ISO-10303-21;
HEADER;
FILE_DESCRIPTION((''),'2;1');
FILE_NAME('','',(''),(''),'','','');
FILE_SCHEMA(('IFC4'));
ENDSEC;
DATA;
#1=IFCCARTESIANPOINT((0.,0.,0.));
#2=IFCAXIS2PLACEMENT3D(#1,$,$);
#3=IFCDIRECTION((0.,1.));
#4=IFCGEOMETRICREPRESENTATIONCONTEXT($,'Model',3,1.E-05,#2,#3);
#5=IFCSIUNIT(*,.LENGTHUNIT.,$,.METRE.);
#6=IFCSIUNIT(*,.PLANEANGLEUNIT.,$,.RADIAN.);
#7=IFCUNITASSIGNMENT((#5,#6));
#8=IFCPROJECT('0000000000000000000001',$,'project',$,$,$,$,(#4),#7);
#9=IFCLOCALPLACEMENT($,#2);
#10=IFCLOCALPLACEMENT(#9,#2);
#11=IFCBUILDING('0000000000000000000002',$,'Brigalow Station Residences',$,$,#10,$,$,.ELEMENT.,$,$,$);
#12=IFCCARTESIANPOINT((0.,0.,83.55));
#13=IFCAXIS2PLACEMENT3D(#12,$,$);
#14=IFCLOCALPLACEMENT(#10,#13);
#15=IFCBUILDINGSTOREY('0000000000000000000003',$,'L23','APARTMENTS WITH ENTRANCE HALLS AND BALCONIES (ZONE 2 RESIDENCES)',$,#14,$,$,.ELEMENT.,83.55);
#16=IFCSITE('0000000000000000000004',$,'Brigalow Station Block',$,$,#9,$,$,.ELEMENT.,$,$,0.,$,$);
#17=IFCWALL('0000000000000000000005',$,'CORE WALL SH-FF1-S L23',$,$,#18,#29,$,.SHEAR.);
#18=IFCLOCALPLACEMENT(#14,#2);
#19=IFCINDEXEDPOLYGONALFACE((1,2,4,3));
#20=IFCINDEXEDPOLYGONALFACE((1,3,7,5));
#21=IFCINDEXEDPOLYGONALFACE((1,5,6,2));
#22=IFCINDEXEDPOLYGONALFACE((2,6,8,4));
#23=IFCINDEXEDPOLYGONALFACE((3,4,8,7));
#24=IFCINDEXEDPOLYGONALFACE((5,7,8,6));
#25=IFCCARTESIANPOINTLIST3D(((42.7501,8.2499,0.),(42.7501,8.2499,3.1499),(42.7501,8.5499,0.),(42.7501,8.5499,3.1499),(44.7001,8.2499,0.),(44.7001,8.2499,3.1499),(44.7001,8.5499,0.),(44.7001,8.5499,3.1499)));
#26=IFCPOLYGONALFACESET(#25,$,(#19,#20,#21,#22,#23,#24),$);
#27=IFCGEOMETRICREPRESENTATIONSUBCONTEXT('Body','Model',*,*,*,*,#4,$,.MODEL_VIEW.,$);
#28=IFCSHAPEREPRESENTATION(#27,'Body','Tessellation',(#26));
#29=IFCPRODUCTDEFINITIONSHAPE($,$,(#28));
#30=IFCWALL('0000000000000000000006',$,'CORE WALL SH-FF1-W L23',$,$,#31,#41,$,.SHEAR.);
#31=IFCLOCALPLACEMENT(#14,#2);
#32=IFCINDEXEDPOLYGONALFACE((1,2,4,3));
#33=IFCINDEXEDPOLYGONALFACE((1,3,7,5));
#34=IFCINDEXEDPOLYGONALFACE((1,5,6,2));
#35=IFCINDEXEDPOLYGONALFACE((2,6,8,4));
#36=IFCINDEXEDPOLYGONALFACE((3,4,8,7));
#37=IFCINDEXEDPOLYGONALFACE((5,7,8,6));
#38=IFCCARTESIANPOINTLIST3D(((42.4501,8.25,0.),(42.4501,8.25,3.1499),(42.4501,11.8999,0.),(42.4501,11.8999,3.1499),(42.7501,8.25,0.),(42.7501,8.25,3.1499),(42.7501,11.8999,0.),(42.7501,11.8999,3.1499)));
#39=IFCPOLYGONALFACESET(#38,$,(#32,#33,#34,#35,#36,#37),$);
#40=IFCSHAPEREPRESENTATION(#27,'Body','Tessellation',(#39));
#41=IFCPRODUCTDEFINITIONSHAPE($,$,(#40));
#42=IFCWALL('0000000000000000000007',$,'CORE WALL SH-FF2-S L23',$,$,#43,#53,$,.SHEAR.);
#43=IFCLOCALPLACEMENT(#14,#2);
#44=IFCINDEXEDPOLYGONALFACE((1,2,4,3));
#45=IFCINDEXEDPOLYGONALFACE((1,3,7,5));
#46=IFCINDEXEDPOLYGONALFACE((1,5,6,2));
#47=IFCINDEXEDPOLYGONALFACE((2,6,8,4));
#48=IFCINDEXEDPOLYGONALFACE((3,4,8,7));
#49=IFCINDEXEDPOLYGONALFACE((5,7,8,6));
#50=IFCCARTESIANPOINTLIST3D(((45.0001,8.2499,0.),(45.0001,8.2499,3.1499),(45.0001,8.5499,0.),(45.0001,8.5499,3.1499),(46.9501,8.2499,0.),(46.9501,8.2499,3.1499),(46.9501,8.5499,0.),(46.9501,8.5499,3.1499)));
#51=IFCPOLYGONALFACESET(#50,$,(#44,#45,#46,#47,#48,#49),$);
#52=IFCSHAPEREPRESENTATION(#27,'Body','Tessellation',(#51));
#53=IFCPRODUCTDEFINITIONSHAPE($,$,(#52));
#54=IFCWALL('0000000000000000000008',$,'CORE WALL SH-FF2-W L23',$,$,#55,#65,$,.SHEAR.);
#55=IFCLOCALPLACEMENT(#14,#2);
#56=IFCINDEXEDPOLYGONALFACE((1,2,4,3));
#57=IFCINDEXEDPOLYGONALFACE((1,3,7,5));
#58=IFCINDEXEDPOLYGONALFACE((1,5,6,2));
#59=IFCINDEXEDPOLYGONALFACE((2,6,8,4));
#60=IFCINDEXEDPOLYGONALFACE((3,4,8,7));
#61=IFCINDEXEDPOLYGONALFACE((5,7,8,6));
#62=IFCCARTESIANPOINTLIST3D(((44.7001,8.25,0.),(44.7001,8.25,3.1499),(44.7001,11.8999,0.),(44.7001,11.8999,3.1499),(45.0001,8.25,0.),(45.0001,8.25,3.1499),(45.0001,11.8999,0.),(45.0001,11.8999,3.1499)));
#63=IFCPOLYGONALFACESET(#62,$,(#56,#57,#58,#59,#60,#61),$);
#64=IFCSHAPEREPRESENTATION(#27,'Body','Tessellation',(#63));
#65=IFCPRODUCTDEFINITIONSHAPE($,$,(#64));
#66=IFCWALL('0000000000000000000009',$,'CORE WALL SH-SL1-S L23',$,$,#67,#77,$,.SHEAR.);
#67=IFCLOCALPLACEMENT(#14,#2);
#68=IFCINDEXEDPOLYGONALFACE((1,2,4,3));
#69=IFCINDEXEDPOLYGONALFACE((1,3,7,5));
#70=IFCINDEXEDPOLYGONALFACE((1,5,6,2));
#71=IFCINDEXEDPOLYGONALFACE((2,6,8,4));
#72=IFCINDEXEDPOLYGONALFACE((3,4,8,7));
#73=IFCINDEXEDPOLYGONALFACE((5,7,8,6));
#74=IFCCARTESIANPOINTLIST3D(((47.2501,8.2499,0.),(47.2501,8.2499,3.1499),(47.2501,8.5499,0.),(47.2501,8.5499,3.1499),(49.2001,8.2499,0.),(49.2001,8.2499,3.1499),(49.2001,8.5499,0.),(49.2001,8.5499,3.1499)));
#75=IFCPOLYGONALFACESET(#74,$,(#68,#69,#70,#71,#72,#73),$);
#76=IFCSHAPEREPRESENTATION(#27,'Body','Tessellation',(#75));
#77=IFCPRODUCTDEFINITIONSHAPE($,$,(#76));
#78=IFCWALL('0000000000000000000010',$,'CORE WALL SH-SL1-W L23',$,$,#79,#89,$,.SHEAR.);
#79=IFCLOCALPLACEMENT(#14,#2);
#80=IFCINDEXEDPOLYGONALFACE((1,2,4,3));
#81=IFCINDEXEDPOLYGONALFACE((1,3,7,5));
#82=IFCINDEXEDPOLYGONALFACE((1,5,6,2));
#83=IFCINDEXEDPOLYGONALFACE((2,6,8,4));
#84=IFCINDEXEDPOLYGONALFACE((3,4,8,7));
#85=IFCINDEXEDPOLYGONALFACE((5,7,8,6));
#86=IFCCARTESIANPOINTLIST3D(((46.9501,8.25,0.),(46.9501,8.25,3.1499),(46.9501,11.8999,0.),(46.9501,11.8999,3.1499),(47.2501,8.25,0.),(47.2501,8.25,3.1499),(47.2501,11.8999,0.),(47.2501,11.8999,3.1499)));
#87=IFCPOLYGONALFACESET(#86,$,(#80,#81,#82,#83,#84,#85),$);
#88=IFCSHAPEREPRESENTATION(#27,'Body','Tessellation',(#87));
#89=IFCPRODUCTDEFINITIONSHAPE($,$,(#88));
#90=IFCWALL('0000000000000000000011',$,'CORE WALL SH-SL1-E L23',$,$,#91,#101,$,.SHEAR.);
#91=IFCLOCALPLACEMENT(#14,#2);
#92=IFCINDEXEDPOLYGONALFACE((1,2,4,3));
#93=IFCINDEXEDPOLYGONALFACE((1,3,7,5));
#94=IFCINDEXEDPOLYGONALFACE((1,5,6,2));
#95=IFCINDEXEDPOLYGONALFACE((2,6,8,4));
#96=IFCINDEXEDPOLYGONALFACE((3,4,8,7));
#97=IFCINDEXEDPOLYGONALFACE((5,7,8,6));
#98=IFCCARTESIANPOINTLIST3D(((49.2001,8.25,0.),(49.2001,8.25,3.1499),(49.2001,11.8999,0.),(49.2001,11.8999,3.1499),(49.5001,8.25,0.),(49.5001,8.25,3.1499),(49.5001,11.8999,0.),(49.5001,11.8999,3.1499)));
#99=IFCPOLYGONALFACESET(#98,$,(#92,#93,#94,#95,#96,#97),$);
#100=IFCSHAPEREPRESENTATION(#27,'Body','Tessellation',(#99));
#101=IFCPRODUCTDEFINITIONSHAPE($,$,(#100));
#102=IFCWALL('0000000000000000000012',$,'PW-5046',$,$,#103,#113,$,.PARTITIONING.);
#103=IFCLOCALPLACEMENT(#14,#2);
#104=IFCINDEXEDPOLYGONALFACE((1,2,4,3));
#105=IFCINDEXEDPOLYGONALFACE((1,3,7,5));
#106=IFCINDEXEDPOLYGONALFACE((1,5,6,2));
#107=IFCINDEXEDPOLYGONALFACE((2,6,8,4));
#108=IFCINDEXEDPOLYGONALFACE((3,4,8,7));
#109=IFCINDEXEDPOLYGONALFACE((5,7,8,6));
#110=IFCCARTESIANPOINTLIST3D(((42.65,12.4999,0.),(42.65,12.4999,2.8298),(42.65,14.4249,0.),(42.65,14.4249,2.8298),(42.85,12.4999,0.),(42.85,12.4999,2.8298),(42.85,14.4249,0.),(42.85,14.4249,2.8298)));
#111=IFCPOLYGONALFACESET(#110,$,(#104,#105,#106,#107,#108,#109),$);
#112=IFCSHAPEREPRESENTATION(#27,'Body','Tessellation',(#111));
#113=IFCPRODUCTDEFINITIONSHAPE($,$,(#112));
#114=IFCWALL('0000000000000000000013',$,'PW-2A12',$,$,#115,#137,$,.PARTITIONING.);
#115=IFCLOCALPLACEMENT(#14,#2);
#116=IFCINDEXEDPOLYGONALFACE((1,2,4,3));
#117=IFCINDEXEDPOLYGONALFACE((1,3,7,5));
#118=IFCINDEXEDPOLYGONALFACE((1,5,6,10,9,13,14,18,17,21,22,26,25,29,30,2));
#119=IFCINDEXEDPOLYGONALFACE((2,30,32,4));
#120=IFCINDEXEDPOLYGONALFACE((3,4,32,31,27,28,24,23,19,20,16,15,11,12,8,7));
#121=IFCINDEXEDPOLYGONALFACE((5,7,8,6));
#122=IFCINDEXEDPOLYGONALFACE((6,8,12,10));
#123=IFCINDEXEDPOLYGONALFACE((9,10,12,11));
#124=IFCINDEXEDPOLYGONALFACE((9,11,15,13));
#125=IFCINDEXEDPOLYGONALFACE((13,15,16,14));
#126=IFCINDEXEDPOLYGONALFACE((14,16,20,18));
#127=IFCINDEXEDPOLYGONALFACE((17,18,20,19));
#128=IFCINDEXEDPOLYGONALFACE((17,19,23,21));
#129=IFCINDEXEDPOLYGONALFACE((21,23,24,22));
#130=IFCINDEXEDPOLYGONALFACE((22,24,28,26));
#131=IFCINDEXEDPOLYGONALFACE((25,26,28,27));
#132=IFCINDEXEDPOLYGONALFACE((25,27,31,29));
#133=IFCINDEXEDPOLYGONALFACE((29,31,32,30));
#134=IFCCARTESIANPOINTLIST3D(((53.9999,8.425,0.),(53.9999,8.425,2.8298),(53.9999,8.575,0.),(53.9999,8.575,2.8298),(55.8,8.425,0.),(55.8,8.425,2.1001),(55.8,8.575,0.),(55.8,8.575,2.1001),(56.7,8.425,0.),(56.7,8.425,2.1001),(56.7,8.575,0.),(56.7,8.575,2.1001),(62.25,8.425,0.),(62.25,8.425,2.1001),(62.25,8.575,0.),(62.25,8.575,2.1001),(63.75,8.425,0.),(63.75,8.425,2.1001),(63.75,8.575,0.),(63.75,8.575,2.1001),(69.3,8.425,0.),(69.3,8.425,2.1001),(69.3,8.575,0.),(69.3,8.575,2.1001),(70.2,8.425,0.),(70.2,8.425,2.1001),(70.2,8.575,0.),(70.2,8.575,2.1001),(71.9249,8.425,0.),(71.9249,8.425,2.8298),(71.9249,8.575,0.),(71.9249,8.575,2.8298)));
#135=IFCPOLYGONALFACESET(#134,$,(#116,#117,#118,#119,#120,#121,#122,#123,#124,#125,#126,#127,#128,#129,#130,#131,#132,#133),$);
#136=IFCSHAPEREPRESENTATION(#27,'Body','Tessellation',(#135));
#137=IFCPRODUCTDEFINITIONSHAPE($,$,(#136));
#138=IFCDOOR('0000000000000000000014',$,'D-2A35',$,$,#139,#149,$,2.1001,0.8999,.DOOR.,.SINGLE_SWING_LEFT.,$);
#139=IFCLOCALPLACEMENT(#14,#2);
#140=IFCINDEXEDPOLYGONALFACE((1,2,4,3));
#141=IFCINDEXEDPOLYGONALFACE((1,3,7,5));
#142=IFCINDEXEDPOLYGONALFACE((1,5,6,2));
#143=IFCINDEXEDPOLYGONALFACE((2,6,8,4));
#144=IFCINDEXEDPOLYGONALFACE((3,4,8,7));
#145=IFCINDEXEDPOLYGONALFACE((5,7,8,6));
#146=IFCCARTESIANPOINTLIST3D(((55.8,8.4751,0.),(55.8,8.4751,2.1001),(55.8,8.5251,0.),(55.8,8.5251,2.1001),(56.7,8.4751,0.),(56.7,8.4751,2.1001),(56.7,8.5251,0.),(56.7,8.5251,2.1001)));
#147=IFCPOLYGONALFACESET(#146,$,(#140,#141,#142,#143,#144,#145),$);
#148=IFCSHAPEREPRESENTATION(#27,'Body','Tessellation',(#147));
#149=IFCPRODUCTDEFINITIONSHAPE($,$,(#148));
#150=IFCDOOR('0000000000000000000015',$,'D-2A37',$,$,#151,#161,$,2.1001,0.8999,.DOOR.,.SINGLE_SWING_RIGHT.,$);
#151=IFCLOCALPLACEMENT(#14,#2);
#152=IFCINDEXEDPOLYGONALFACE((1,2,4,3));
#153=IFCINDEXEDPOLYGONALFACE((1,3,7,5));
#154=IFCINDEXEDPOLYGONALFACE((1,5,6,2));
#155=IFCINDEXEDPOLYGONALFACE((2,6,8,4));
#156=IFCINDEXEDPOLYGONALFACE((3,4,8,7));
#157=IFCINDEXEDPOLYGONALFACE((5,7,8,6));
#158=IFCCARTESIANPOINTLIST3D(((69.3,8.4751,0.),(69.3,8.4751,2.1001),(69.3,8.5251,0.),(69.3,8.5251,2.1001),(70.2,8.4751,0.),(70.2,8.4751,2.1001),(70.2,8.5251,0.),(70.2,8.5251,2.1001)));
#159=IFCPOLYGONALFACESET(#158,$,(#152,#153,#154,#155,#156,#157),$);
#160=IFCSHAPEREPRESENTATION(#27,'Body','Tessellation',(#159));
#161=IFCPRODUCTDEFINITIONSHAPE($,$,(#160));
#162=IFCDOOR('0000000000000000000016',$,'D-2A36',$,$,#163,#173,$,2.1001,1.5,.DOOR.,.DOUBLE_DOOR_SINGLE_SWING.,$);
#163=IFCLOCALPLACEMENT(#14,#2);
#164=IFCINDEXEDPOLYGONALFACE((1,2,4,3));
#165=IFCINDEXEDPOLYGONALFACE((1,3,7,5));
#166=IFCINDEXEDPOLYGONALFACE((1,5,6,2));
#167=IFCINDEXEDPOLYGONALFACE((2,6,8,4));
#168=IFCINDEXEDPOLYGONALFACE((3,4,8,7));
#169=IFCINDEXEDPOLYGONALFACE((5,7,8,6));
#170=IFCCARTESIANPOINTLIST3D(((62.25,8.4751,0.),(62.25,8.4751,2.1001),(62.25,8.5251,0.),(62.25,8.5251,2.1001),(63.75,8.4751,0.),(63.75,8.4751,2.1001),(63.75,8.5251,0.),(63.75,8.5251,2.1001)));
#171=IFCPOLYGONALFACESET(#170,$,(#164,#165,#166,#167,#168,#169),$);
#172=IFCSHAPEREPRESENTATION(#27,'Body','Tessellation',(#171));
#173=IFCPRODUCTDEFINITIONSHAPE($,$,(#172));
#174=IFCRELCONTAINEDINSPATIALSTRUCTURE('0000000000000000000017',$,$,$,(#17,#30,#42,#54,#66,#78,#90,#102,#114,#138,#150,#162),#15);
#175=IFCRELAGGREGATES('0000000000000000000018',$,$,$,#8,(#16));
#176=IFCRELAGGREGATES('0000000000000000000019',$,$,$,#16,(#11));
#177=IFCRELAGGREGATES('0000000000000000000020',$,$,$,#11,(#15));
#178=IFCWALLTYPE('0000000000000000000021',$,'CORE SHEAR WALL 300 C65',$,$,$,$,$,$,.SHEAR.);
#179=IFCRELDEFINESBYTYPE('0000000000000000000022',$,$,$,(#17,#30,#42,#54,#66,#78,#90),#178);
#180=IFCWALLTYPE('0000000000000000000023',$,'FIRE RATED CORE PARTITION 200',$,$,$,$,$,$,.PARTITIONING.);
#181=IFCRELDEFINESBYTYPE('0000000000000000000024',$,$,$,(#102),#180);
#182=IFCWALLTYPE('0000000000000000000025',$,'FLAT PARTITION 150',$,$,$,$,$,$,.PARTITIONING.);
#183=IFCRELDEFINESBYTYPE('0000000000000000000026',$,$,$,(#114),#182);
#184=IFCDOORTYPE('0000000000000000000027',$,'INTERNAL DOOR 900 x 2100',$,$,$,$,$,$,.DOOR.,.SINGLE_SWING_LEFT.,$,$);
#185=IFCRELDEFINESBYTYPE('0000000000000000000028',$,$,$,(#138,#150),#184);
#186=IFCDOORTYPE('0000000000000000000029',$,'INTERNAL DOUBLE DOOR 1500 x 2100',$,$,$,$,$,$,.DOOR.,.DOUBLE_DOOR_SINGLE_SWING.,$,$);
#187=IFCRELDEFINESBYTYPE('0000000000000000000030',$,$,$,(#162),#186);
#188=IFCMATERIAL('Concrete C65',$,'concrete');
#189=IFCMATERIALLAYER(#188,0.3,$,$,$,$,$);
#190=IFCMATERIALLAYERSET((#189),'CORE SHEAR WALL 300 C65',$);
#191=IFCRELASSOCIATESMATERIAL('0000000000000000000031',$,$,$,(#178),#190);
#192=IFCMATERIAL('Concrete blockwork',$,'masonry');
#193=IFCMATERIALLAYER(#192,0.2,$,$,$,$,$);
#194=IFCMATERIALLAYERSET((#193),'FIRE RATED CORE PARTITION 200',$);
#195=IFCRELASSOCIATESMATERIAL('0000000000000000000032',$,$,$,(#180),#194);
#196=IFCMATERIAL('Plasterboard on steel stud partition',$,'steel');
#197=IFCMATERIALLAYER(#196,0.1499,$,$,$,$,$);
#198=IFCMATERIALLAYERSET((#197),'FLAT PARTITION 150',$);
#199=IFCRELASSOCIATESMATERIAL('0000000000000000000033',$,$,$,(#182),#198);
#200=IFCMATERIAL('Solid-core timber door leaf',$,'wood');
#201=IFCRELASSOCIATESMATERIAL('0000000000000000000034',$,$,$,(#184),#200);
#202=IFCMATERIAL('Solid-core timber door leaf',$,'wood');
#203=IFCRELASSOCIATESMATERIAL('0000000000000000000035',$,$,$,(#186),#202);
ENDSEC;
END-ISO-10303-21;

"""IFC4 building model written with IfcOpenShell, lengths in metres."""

from ifc_helpers import new_model, si_unit, direction, frame, frame_2d, origin, place, context, subcontext, project, spatial, rectangle, extrude, material, layer, layer_set, type_object, element, fill, save


model = new_model("IFC4")

# Units and contexts
model_context = context("Model", 3, precision=1e-05, world=origin(), true_north=direction((0.0, 1.0)))
body_context = subcontext(model_context, "Body", "Model", "MODEL_VIEW")
ifc_project = project(units=[si_unit("LENGTHUNIT", "METRE"), si_unit("PLANEANGLEUNIT", "RADIAN")], contexts=[model_context])

# Site, building, storey
site_placement = place(None, origin())
site = spatial("IfcSite", under=ifc_project, at=site_placement, Name="Brigalow Station Block", CompositionType="ELEMENT", RefElevation=0.0)
building_placement = place(site_placement, origin())
building = spatial("IfcBuilding", under=site, at=building_placement, Name="Brigalow Station Residences", CompositionType="ELEMENT")
storey_placement = place(building_placement, frame((0.0, 0.0, 83.55)))
storey = spatial("IfcBuildingStorey", under=building, at=storey_placement, Name="L23", Description="APARTMENTS WITH ENTRANCE HALLS AND BALCONIES (ZONE 2 RESIDENCES)", CompositionType="ELEMENT", Elevation=83.55)

# Walls
ifc_material_1 = material(Name="Concrete C65", Category="concrete")
ifc_layer_1 = layer(ifc_material_1, 0.3)
ifc_layer_set_1 = layer_set([ifc_layer_1], Name="CORE SHEAR WALL 300 C65")
wall_type_1 = type_object("IfcWallType", Name="CORE SHEAR WALL 300 C65", PredefinedType="SHEAR", material=ifc_layer_set_1)
wall_1_placement = place(storey_placement, frame((42.75, 8.3999, 0.0), z_axis=(0.0, 0.0, 1.0), x_axis=(1.0, 0.0, 0.0)))
element("IfcWall", 1, at=wall_1_placement, inside=storey, type_object=wall_type_1, Name="CORE WALL SH-FF1-S L23", PredefinedType="SHEAR", context=body_context, shape_type="SweptSolid", body=[
    extrude(rectangle(XDim=1.95, YDim=0.3, at=frame_2d((0.9751, 0.0))), origin(), (0.0, 0.0, 1.0), 3.1499),
])
wall_2_placement = place(storey_placement, frame((42.6001, 8.25, 0.0), z_axis=(0.0, 0.0, 1.0), x_axis=(0.0, 1.0, 0.0)))
element("IfcWall", 2, at=wall_2_placement, inside=storey, type_object=wall_type_1, Name="CORE WALL SH-FF1-W L23", PredefinedType="SHEAR", context=body_context, shape_type="SweptSolid", body=[
    extrude(rectangle(XDim=3.6499, YDim=0.3, at=frame_2d((1.825, 0.0))), origin(), (0.0, 0.0, 1.0), 3.1499),
])
wall_3_placement = place(storey_placement, frame((45.0, 8.3999, 0.0), z_axis=(0.0, 0.0, 1.0), x_axis=(1.0, 0.0, 0.0)))
element("IfcWall", 3, at=wall_3_placement, inside=storey, type_object=wall_type_1, Name="CORE WALL SH-FF2-S L23", PredefinedType="SHEAR", context=body_context, shape_type="SweptSolid", body=[
    extrude(rectangle(XDim=1.95, YDim=0.3, at=frame_2d((0.9751, 0.0))), origin(), (0.0, 0.0, 1.0), 3.1499),
])
wall_4_placement = place(storey_placement, frame((44.8501, 8.25, 0.0), z_axis=(0.0, 0.0, 1.0), x_axis=(0.0, 1.0, 0.0)))
element("IfcWall", 4, at=wall_4_placement, inside=storey, type_object=wall_type_1, Name="CORE WALL SH-FF2-W L23", PredefinedType="SHEAR", context=body_context, shape_type="SweptSolid", body=[
    extrude(rectangle(XDim=3.6499, YDim=0.3, at=frame_2d((1.825, 0.0))), origin(), (0.0, 0.0, 1.0), 3.1499),
])
wall_5_placement = place(storey_placement, frame((47.25, 8.3999, 0.0), z_axis=(0.0, 0.0, 1.0), x_axis=(1.0, 0.0, 0.0)))
element("IfcWall", 5, at=wall_5_placement, inside=storey, type_object=wall_type_1, Name="CORE WALL SH-SL1-S L23", PredefinedType="SHEAR", context=body_context, shape_type="SweptSolid", body=[
    extrude(rectangle(XDim=1.95, YDim=0.3, at=frame_2d((0.9751, 0.0))), origin(), (0.0, 0.0, 1.0), 3.1499),
])
for number, where, z_axis, x_axis, name in (
    (6, (47.1001, 8.25, 0.0), (0.0, 0.0, 1.0), (0.0, 1.0, 0.0), "CORE WALL SH-SL1-W L23"),
    (7, (49.3501, 8.25, 0.0), (0.0, 0.0, 1.0), (0.0, 1.0, 0.0), "CORE WALL SH-SL1-E L23"),
):
    element("IfcWall", number, at=place(storey_placement, frame(where, z_axis=z_axis, x_axis=x_axis)), inside=storey, type_object=wall_type_1, Name=name, PredefinedType="SHEAR", context=body_context, shape_type="SweptSolid", body=[
        extrude(rectangle(XDim=3.6499, YDim=0.3, at=frame_2d((1.825, 0.0))), origin(), (0.0, 0.0, 1.0), 3.1499),
    ])
ifc_material_2 = material(Name="Concrete blockwork", Category="masonry")
ifc_layer_2 = layer(ifc_material_2, 0.2)
ifc_layer_set_2 = layer_set([ifc_layer_2], Name="FIRE RATED CORE PARTITION 200")
wall_type_2 = type_object("IfcWallType", Name="FIRE RATED CORE PARTITION 200", PredefinedType="PARTITIONING", material=ifc_layer_set_2)
wall_6_placement = place(storey_placement, frame((42.75, 12.5, 0.0), z_axis=(0.0, 0.0, 1.0), x_axis=(0.0, 1.0, 0.0)))
element("IfcWall", 8, at=wall_6_placement, inside=storey, type_object=wall_type_2, Name="PW-5046", PredefinedType="PARTITIONING", context=body_context, shape_type="SweptSolid", body=[
    extrude(rectangle(XDim=1.925, YDim=0.2, at=frame_2d((0.9624, 0.0))), origin(), (0.0, 0.0, 1.0), 2.8298),
])

# Wall, openings, doors
ifc_material_3 = material(Name="Plasterboard on steel stud partition", Category="steel")
ifc_layer_3 = layer(ifc_material_3, 0.1499)
ifc_layer_set_3 = layer_set([ifc_layer_3], Name="FLAT PARTITION 150")
wall_type_3 = type_object("IfcWallType", Name="FLAT PARTITION 150", PredefinedType="PARTITIONING", material=ifc_layer_set_3)
wall_7_placement = place(storey_placement, frame((54.0, 8.5, 0.0), z_axis=(0.0, 0.0, 1.0), x_axis=(1.0, 0.0, 0.0)))
wall_7 = element("IfcWall", 9, at=wall_7_placement, inside=storey, type_object=wall_type_3, Name="PW-2A12", PredefinedType="PARTITIONING", context=body_context, shape_type="SweptSolid", body=[
    extrude(rectangle(XDim=17.925, YDim=0.1499, at=frame_2d((8.9624, 0.0))), origin(), (0.0, 0.0, 1.0), 2.8298),
])
opening_1_placement = place(wall_7_placement, frame((1.8, 0.0, 0.0)))
opening_1 = element("IfcOpeningElement", 10, at=opening_1_placement, cuts=wall_7, PredefinedType="OPENING", context=body_context, shape_type="SweptSolid", body=[
    extrude(rectangle(XDim=0.8999, YDim=2.1001, at=frame_2d((0.45, 1.05))), frame((0.0, 0.085, 0.0), z_axis=(0.0, -1.0, 0.0), x_axis=(1.0, 0.0, 0.0)), (0.0, 0.0, 1.0), 0.1699),
])
opening_2_placement = place(wall_7_placement, frame((8.25, 0.0, 0.0)))
opening_2 = element("IfcOpeningElement", 11, at=opening_2_placement, cuts=wall_7, PredefinedType="OPENING", context=body_context, shape_type="SweptSolid", body=[
    extrude(rectangle(XDim=1.5, YDim=2.1001, at=frame_2d((0.75, 1.05))), frame((0.0, 0.085, 0.0), z_axis=(0.0, -1.0, 0.0), x_axis=(1.0, 0.0, 0.0)), (0.0, 0.0, 1.0), 0.1699),
])
opening_3_placement = place(wall_7_placement, frame((15.3, 0.0, 0.0)))
opening_3 = element("IfcOpeningElement", 12, at=opening_3_placement, cuts=wall_7, PredefinedType="OPENING", context=body_context, shape_type="SweptSolid", body=[
    extrude(rectangle(XDim=0.8999, YDim=2.1001, at=frame_2d((0.45, 1.05))), frame((0.0, 0.085, 0.0), z_axis=(0.0, -1.0, 0.0), x_axis=(1.0, 0.0, 0.0)), (0.0, 0.0, 1.0), 0.1699),
])
ifc_material_4 = material(Name="Solid-core timber door leaf", Category="wood")
door_type_1 = type_object("IfcDoorType", Name="INTERNAL DOOR 900 x 2100", OperationType="SINGLE_SWING_LEFT", PredefinedType="DOOR", material=ifc_material_4)
door_1_placement = place(opening_1_placement, frame((0.8999, 0.0, 0.0), z_axis=(0.0, 0.0, 1.0), x_axis=(-1.0, 0.0, 0.0)))
door_1 = element("IfcDoor", 13, at=door_1_placement, inside=storey, type_object=door_type_1, Name="D-2A35", OperationType="SINGLE_SWING_LEFT", OverallHeight=2.1001, OverallWidth=0.8999, PredefinedType="DOOR", context=body_context, shape_type="SweptSolid", body=[
    extrude(rectangle(XDim=0.8999, YDim=2.1001, at=frame_2d((0.45, 1.05))), frame((0.0, 0.0249, 0.0), z_axis=(0.0, -1.0, 0.0), x_axis=(1.0, 0.0, 0.0)), (0.0, 0.0, 1.0), 0.05),
])
fill(opening_1, door_1)
door_2_placement = place(opening_3_placement, frame((0.8999, 0.0, 0.0), z_axis=(0.0, 0.0, 1.0), x_axis=(-1.0, 0.0, 0.0)))
door_2 = element("IfcDoor", 14, at=door_2_placement, inside=storey, type_object=door_type_1, Name="D-2A37", OperationType="SINGLE_SWING_RIGHT", OverallHeight=2.1001, OverallWidth=0.8999, PredefinedType="DOOR", context=body_context, shape_type="SweptSolid", body=[
    extrude(rectangle(XDim=0.8999, YDim=2.1001, at=frame_2d((0.45, 1.05))), frame((0.0, 0.0249, 0.0), z_axis=(0.0, -1.0, 0.0), x_axis=(1.0, 0.0, 0.0)), (0.0, 0.0, 1.0), 0.05),
])
fill(opening_3, door_2)
ifc_material_5 = material(Name="Solid-core timber door leaf", Category="wood")
door_type_2 = type_object("IfcDoorType", Name="INTERNAL DOUBLE DOOR 1500 x 2100", OperationType="DOUBLE_DOOR_SINGLE_SWING", PredefinedType="DOOR", material=ifc_material_5)
door_3_placement = place(opening_2_placement, frame((1.5, 0.0, 0.0), z_axis=(0.0, 0.0, 1.0), x_axis=(-1.0, 0.0, 0.0)))
door_3 = element("IfcDoor", 15, at=door_3_placement, inside=storey, type_object=door_type_2, Name="D-2A36", OperationType="DOUBLE_DOOR_SINGLE_SWING", OverallHeight=2.1001, OverallWidth=1.5, PredefinedType="DOOR", context=body_context, shape_type="SweptSolid", body=[
    extrude(rectangle(XDim=1.5, YDim=2.1001, at=frame_2d((0.75, 1.05))), frame((0.0, 0.0249, 0.0), z_axis=(0.0, -1.0, 0.0), x_axis=(1.0, 0.0, 0.0)), (0.0, 0.0, 1.0), 0.05),
])
fill(opening_2, door_3)

save(model, "model.ifc")
